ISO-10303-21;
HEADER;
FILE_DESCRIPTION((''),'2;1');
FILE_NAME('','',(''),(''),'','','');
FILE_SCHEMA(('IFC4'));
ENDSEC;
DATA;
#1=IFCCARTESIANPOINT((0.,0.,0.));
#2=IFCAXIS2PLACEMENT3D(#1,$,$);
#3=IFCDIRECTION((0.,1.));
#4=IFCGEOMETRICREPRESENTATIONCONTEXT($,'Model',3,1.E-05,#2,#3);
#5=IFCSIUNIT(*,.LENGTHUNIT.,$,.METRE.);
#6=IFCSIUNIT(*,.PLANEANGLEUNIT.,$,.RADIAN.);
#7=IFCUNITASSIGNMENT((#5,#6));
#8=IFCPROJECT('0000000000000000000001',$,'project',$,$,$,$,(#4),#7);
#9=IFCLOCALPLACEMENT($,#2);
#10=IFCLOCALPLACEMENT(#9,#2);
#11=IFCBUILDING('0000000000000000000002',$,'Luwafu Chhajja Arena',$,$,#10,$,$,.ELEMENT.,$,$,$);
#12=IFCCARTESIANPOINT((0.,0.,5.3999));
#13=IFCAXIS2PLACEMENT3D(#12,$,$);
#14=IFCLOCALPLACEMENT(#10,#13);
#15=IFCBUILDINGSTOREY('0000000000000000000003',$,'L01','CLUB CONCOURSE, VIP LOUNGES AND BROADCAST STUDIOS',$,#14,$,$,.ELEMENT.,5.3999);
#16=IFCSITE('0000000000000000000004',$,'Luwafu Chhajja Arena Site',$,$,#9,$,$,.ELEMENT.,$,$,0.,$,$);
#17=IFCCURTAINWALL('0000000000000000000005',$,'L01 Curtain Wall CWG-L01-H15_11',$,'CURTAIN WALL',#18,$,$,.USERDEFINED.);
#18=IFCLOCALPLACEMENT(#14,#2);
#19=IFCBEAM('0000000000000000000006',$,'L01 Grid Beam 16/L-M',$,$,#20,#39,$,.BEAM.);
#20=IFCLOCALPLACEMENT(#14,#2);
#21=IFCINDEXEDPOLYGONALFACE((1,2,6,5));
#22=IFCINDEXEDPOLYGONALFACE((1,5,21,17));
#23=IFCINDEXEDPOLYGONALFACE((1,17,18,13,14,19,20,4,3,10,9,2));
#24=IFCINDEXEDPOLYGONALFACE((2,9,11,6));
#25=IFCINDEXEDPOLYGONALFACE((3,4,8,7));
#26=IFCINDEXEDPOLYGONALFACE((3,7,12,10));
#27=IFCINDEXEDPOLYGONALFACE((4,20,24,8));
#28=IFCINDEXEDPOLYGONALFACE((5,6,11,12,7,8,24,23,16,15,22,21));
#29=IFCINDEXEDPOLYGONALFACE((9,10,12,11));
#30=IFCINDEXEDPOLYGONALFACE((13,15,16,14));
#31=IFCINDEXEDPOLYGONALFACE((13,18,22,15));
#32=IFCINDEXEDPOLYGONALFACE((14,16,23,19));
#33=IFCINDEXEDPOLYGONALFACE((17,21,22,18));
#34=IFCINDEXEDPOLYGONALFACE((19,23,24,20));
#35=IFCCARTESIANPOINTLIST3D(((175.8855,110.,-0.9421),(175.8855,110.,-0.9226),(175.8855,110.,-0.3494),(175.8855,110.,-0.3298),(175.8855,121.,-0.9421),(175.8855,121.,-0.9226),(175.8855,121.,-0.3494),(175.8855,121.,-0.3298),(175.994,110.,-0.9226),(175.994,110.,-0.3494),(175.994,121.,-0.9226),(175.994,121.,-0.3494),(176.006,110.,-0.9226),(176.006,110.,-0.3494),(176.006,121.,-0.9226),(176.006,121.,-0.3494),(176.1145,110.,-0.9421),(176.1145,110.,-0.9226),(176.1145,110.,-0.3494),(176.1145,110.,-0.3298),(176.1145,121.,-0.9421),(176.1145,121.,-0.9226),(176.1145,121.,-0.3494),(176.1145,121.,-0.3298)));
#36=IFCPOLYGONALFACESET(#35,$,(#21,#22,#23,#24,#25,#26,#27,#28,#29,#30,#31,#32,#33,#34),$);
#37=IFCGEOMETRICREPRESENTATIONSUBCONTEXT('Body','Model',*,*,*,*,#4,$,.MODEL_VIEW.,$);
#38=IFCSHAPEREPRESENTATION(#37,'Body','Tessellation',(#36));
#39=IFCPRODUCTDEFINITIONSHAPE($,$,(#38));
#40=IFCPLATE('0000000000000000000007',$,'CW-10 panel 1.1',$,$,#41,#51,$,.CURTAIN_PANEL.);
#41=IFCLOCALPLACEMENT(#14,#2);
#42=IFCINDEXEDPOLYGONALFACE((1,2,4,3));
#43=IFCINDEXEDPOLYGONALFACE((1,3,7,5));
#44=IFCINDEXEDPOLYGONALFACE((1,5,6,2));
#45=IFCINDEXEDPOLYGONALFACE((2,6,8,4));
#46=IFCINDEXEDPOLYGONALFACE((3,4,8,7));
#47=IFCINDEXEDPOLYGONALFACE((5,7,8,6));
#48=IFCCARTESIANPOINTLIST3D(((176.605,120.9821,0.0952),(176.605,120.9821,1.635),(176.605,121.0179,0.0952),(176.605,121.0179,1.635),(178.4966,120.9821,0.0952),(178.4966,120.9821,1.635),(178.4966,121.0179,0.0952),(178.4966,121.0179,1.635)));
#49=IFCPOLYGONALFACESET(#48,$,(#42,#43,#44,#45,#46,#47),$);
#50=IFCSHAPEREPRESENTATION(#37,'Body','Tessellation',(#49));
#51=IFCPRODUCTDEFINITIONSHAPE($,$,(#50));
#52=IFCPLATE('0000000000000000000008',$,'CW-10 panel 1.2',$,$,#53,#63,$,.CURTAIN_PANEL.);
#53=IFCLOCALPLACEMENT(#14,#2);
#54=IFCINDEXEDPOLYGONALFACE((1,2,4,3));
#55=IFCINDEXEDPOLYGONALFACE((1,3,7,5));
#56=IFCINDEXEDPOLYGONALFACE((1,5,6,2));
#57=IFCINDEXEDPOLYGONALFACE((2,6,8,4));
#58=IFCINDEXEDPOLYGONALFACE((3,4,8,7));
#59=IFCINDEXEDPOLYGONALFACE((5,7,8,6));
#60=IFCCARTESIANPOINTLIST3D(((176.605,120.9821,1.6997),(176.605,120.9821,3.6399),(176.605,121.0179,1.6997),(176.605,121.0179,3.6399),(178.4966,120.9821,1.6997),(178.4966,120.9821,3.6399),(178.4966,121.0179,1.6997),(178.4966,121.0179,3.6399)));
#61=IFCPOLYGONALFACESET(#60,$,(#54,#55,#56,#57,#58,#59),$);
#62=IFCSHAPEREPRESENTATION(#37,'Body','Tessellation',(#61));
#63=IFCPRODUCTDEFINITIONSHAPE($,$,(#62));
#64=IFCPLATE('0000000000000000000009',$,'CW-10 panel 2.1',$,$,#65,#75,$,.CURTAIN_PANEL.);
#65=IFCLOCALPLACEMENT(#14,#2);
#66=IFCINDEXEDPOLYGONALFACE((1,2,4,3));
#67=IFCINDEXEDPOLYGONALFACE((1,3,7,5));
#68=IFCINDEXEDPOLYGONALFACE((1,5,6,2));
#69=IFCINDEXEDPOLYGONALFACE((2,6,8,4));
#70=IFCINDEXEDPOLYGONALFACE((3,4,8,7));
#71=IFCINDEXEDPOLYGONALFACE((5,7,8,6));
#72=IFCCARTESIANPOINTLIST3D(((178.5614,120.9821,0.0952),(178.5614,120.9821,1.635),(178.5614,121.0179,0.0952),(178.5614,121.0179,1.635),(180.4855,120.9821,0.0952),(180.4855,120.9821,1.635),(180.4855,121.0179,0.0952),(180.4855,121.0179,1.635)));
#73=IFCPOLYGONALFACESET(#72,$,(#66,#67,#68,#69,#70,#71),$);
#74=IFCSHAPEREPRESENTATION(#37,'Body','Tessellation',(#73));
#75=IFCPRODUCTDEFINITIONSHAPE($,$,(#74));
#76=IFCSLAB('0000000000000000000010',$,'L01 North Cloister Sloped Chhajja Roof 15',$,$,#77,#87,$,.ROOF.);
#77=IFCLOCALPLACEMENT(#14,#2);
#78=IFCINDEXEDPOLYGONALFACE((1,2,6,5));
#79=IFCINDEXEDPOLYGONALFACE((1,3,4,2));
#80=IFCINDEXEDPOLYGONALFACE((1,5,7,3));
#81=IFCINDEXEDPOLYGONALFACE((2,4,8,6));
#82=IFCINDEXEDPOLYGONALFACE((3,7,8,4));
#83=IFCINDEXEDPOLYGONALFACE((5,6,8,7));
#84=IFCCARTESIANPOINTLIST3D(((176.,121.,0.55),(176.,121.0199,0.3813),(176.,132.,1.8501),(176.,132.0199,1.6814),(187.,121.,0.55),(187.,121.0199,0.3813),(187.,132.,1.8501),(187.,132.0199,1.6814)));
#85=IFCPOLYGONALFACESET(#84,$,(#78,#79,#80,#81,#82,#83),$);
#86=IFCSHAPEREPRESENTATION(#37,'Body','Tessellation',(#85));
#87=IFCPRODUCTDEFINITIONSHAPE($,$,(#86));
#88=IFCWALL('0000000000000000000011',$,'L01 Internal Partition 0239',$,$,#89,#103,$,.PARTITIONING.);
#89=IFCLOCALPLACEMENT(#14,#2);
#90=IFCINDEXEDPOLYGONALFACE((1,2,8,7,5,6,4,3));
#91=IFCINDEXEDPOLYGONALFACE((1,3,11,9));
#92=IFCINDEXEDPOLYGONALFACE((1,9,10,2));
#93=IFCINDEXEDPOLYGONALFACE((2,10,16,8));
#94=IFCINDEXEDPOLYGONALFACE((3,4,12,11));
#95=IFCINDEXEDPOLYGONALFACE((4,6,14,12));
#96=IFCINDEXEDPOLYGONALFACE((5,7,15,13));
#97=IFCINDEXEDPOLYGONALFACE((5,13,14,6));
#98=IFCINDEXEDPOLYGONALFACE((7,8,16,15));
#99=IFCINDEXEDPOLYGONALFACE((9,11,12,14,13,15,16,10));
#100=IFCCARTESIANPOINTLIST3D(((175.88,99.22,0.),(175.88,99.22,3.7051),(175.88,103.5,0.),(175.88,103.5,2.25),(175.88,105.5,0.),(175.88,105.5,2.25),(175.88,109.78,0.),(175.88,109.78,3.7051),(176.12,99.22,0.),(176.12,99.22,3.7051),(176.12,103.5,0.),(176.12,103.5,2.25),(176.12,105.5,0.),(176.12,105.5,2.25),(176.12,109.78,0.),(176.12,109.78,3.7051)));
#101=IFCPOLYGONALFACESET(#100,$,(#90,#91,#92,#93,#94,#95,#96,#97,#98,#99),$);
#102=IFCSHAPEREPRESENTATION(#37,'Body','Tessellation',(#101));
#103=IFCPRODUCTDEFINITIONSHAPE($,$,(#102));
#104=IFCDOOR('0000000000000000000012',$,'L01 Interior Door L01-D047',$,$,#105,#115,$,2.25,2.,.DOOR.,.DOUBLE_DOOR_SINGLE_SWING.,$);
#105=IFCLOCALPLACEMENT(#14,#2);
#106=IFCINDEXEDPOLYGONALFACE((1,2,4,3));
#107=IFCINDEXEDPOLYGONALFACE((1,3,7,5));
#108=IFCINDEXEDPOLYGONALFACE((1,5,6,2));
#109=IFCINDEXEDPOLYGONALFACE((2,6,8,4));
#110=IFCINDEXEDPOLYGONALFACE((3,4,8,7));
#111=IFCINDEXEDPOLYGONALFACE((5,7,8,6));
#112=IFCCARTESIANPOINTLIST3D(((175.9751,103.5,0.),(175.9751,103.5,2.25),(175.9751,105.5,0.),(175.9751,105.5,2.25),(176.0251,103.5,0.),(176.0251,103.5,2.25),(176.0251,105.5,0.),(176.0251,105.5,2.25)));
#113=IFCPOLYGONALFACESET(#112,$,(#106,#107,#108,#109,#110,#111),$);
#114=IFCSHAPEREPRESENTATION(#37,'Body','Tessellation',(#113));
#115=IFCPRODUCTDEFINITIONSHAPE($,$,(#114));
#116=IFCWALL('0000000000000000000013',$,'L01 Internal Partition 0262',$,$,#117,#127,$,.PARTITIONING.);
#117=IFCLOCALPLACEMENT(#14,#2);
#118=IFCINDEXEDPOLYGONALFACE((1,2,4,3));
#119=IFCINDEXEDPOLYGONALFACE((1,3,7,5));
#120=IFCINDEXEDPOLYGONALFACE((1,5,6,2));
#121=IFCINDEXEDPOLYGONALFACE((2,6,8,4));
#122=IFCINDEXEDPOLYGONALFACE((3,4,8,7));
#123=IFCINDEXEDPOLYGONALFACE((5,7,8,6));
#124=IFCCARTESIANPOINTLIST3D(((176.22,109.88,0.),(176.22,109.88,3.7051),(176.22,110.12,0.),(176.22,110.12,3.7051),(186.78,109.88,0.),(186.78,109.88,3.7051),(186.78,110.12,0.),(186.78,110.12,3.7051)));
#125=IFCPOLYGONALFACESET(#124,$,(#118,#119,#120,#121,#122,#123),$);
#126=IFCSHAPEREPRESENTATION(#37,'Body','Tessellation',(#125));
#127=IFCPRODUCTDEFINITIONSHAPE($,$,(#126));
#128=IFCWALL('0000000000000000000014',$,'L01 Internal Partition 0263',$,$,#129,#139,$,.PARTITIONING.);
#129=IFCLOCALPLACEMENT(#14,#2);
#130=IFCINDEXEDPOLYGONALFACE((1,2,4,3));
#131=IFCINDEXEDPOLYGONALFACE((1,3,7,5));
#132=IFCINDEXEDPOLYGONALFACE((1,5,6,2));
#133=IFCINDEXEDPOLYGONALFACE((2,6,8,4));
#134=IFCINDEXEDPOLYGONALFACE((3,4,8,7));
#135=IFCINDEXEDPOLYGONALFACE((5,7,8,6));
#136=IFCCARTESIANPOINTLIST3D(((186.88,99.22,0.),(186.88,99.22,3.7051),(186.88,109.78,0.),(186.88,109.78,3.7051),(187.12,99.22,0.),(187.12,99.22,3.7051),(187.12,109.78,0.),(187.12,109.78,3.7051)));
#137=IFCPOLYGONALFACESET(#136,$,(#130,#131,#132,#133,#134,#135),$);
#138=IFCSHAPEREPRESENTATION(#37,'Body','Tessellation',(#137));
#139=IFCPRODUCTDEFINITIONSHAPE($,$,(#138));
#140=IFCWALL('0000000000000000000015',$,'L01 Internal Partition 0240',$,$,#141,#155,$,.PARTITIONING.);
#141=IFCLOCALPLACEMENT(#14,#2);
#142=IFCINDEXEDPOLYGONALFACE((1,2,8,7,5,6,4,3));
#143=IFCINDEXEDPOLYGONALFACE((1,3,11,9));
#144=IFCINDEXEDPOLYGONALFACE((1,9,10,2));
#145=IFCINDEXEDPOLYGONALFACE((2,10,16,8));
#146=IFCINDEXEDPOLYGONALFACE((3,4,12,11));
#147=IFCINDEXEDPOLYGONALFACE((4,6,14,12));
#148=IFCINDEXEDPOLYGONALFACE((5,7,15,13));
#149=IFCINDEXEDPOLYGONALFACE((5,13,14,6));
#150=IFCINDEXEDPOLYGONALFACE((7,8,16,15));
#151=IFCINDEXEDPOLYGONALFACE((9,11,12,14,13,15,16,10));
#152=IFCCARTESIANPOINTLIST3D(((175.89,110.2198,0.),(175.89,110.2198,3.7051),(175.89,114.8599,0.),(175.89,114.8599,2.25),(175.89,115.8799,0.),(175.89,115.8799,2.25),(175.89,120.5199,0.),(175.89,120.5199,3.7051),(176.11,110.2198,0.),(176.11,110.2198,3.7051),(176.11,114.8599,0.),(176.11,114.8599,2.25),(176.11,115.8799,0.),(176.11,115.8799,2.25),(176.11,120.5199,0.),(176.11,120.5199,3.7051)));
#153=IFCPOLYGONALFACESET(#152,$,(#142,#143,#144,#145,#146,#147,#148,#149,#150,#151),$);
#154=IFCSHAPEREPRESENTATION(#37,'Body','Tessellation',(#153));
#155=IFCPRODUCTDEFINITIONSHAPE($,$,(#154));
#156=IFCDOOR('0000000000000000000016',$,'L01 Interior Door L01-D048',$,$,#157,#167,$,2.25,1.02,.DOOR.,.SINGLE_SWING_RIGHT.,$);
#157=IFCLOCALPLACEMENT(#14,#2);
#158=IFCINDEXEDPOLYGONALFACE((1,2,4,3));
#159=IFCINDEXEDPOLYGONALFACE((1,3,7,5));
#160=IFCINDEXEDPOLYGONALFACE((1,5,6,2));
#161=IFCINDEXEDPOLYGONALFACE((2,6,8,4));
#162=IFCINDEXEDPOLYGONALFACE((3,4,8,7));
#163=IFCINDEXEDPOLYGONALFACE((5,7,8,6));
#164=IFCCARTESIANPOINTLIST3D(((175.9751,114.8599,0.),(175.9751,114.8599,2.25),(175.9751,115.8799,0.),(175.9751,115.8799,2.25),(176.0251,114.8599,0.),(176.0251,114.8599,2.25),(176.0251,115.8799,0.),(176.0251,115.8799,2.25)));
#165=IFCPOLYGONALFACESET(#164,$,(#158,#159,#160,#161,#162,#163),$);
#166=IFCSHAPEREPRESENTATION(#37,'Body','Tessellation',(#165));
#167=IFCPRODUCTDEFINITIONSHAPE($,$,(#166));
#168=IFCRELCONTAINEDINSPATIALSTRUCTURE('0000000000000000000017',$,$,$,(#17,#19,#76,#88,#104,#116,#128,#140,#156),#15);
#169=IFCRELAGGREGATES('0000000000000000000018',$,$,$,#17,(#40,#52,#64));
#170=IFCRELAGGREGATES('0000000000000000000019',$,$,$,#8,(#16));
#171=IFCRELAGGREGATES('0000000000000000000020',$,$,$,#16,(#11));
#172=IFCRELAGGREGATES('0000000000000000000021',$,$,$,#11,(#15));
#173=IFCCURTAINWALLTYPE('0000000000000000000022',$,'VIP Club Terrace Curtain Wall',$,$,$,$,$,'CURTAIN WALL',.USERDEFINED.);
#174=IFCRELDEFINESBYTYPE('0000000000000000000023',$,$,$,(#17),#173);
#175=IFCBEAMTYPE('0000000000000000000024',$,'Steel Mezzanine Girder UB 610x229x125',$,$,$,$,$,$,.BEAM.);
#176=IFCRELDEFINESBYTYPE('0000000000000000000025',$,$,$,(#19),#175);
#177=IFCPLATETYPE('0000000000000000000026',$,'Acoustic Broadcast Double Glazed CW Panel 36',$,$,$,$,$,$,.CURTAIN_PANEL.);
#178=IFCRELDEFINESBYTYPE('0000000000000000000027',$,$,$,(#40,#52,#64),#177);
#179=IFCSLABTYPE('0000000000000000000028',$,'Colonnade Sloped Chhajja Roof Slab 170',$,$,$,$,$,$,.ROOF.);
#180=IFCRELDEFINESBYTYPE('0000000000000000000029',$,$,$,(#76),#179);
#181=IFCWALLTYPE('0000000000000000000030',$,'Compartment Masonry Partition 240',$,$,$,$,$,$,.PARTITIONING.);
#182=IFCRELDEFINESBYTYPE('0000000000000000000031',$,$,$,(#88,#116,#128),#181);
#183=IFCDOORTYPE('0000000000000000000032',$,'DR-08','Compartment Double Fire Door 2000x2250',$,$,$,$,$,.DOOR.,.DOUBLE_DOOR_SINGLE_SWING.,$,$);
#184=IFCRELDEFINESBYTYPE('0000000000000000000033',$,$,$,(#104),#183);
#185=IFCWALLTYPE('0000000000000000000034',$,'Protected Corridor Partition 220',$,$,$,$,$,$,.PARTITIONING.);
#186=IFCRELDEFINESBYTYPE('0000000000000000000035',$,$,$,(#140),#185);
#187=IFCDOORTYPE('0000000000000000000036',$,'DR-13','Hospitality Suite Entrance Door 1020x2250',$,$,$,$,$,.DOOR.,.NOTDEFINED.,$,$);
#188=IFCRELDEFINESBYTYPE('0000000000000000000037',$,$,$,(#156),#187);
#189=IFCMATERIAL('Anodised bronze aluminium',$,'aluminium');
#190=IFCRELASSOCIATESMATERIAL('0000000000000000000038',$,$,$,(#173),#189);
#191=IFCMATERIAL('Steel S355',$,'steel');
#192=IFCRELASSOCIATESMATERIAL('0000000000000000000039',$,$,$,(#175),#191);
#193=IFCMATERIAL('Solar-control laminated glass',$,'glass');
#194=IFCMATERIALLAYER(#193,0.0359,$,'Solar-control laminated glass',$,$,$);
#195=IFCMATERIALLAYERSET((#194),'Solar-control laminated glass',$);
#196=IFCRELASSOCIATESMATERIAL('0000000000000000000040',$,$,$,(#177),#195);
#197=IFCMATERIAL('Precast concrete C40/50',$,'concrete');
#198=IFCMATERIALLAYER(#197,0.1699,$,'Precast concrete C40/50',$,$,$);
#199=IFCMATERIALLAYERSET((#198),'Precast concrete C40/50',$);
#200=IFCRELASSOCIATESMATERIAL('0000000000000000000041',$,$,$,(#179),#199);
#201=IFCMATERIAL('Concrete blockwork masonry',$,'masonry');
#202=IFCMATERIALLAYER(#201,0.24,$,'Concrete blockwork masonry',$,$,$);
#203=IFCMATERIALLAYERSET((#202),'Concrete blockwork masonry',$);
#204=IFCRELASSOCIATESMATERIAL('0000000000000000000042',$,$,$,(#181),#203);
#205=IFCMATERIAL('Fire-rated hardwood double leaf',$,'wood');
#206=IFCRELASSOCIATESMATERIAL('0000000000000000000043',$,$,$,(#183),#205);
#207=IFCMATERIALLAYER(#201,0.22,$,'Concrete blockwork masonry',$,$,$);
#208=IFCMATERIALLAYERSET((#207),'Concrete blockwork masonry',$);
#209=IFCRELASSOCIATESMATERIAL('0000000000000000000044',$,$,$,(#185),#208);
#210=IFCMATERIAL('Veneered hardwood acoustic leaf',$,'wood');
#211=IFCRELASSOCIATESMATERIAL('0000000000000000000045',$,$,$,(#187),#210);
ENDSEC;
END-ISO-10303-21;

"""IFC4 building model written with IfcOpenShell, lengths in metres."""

from ifc_helpers import new_model, si_unit, direction, frame, frame_2d, origin, origin_2d, place, context, subcontext, project, spatial, polyline, rectangle, i_section, outline, extrude, material, layer, layer_set, material_profile, profile_set, type_object, element, fill, aggregate, save


model = new_model("IFC4")

# Units and contexts
model_context = context("Model", 3, precision=1e-05, world=origin(), true_north=direction((0.0, 1.0)))
body_context = subcontext(model_context, "Body", "Model", "MODEL_VIEW")
ifc_project = project(units=[si_unit("LENGTHUNIT", "METRE"), si_unit("PLANEANGLEUNIT", "RADIAN")], contexts=[model_context])

# Site, building, storey
site_placement = place(None, origin())
site = spatial("IfcSite", under=ifc_project, at=site_placement, Name="Luwafu Chhajja Arena Site", CompositionType="ELEMENT", RefElevation=0.0)
building_placement = place(site_placement, origin())
building = spatial("IfcBuilding", under=site, at=building_placement, Name="Luwafu Chhajja Arena", CompositionType="ELEMENT")
storey_placement = place(building_placement, frame((0.0, 0.0, 5.3999)))
storey = spatial("IfcBuildingStorey", under=building, at=storey_placement, Name="L01", Description="CLUB CONCOURSE, VIP LOUNGES AND BROADCAST STUDIOS", CompositionType="ELEMENT", Elevation=5.3999)

# Curtain wall
ifc_material_1 = material(Name="Anodised bronze aluminium", Category="aluminium")
curtain_wall_type = type_object("IfcCurtainWallType", Name="VIP Club Terrace Curtain Wall", ElementType="CURTAIN WALL", PredefinedType="USERDEFINED", material=ifc_material_1)
curtain_wall_placement = place(storey_placement, origin())
curtain_wall = element("IfcCurtainWall", 1, at=curtain_wall_placement, inside=storey, type_object=curtain_wall_type, Name="L01 Curtain Wall CWG-L01-H15_11", ObjectType="CURTAIN WALL", PredefinedType="USERDEFINED")

# Beam
ifc_material_2 = material(Name="Steel S355", Category="steel")
ifc_material_profile_1 = material_profile(ifc_material_2, i_section(OverallWidth=0.229, OverallDepth=0.6123, WebThickness=0.012, FlangeThickness=0.0195, at=origin_2d()), Name="UB 610x229x125")
ifc_profile_set_1 = profile_set([ifc_material_profile_1], Name="Steel S355")
beam_type_1 = type_object("IfcBeamType", Name="Steel Mezzanine Girder UB 610x229x125", PredefinedType="BEAM", material=ifc_profile_set_1)
beam_1_placement = place(storey_placement, frame((176.0, 110.0, -0.636), z_axis=(0.0, 1.0, 0.0), x_axis=(-1.0, 0.0, 0.0)))
element("IfcBeam", 2, at=beam_1_placement, inside=storey, type_object=beam_type_1, Name="L01 Grid Beam 16/L-M", PredefinedType="BEAM", context=body_context, shape_type="SweptSolid", body=[
    extrude(i_section(OverallWidth=0.229, OverallDepth=0.6123, WebThickness=0.012, FlangeThickness=0.0195, at=origin_2d()), origin(), (0.0, 0.0, 1.0), 11.0),
])

# Plates
ifc_material_3 = material(Name="Solar-control laminated glass", Category="glass")
ifc_layer_1 = layer(ifc_material_3, 0.0359, Name="Solar-control laminated glass")
ifc_layer_set_1 = layer_set([ifc_layer_1], Name="Solar-control laminated glass")
plate_type = type_object("IfcPlateType", Name="Acoustic Broadcast Double Glazed CW Panel 36", PredefinedType="CURTAIN_PANEL", material=ifc_layer_set_1)
plate_1_placement = place(storey_placement, frame((177.5508, 121.0, 0.0952), z_axis=(0.0, 0.0, 1.0), x_axis=(1.0, 0.0, 0.0)))
plate_1 = element("IfcPlate", 3, at=plate_1_placement, type_object=plate_type, Name="CW-10 panel 1.1", PredefinedType="CURTAIN_PANEL", context=body_context, shape_type="SweptSolid", body=[
    extrude(rectangle(XDim=1.8916, YDim=0.0359, at=origin_2d()), origin(), (0.0, 0.0, 1.0), 1.5398),
])
plate_2_placement = place(storey_placement, frame((177.5508, 121.0, 1.6997), z_axis=(0.0, 0.0, 1.0), x_axis=(1.0, 0.0, 0.0)))
plate_2 = element("IfcPlate", 4, at=plate_2_placement, type_object=plate_type, Name="CW-10 panel 1.2", PredefinedType="CURTAIN_PANEL", context=body_context, shape_type="SweptSolid", body=[
    extrude(rectangle(XDim=1.8916, YDim=0.0359, at=origin_2d()), origin(), (0.0, 0.0, 1.0), 1.9402),
])
plate_3_placement = place(storey_placement, frame((179.5234, 121.0, 0.0952), z_axis=(0.0, 0.0, 1.0), x_axis=(1.0, 0.0, 0.0)))
plate_3 = element("IfcPlate", 5, at=plate_3_placement, type_object=plate_type, Name="CW-10 panel 2.1", PredefinedType="CURTAIN_PANEL", context=body_context, shape_type="SweptSolid", body=[
    extrude(rectangle(XDim=1.9241, YDim=0.0359, at=origin_2d()), origin(), (0.0, 0.0, 1.0), 1.5398),
])
aggregate(curtain_wall, [plate_1, plate_2, plate_3])

# Slab
ifc_material_4 = material(Name="Precast concrete C40/50", Category="concrete")
ifc_layer_2 = layer(ifc_material_4, 0.1699, Name="Precast concrete C40/50")
ifc_layer_set_2 = layer_set([ifc_layer_2], Name="Precast concrete C40/50")
slab_type = type_object("IfcSlabType", Name="Colonnade Sloped Chhajja Roof Slab 170", PredefinedType="ROOF", material=ifc_layer_set_2)
slab_placement = place(storey_placement, frame((176.0, 121.0, 0.55), z_axis=(0.0, -0.117369, 0.993088), x_axis=(0.0, 0.993088, 0.117369)))
element("IfcSlab", 6, at=slab_placement, inside=storey, type_object=slab_type, Name="L01 North Cloister Sloped Chhajja Roof 15", PredefinedType="ROOF", context=body_context, shape_type="SweptSolid", body=[
    extrude(outline(polyline([(0.0, 0.0), (11.0766, 0.0), (11.0766, -11.0), (0.0, -11.0), (0.0, 0.0)])), origin(), (0.0, 0.0, -1.0), 0.1699),
])

# Wall, opening, door
ifc_material_5 = material(Name="Concrete blockwork masonry", Category="masonry")
ifc_layer_3 = layer(ifc_material_5, 0.24, Name="Concrete blockwork masonry")
ifc_layer_set_3 = layer_set([ifc_layer_3], Name="Concrete blockwork masonry")
wall_type_1 = type_object("IfcWallType", Name="Compartment Masonry Partition 240", PredefinedType="PARTITIONING", material=ifc_layer_set_3)
wall_1_placement = place(storey_placement, frame((176.0, 99.22, 0.0), z_axis=(0.0, 0.0, 1.0), x_axis=(0.0, 1.0, 0.0)))
wall_1 = element("IfcWall", 7, at=wall_1_placement, inside=storey, type_object=wall_type_1, Name="L01 Internal Partition 0239", PredefinedType="PARTITIONING", context=body_context, shape_type="SweptSolid", body=[
    extrude(rectangle(XDim=10.5601, YDim=0.24, at=frame_2d((5.28, 0.0))), origin(), (0.0, 0.0, 1.0), 3.7051),
])
opening_1_placement = place(wall_1_placement, frame((4.28, 0.0, 0.0)))
opening_1 = element("IfcOpeningElement", 8, at=opening_1_placement, cuts=wall_1, PredefinedType="OPENING", context=body_context, shape_type="SweptSolid", body=[
    extrude(rectangle(XDim=2.0, YDim=2.25, at=frame_2d((1.0, 1.125))), frame((0.0, 0.1299, 0.0), z_axis=(0.0, -1.0, 0.0), x_axis=(1.0, 0.0, 0.0)), (0.0, 0.0, 1.0), 0.26),
])
ifc_material_6 = material(Name="Fire-rated hardwood double leaf", Category="wood")
door_type_1 = type_object("IfcDoorType", Name="DR-08", Description="Compartment Double Fire Door 2000x2250", OperationType="DOUBLE_DOOR_SINGLE_SWING", PredefinedType="DOOR", material=ifc_material_6)
door_1_placement = place(opening_1_placement, origin())
door_1 = element("IfcDoor", 9, at=door_1_placement, inside=storey, type_object=door_type_1, Name="L01 Interior Door L01-D047", OperationType="DOUBLE_DOOR_SINGLE_SWING", OverallHeight=2.25, OverallWidth=2.0, PredefinedType="DOOR", context=body_context, shape_type="SweptSolid", body=[
    extrude(rectangle(XDim=2.0, YDim=2.25, at=frame_2d((1.0, 1.125))), frame((0.0, 0.0249, 0.0), z_axis=(0.0, -1.0, 0.0), x_axis=(1.0, 0.0, 0.0)), (0.0, 0.0, 1.0), 0.05),
])
fill(opening_1, door_1)

# Walls
for number, where, z_axis, x_axis, name in (
    (10, (176.22, 110.0, 0.0), (0.0, 0.0, 1.0), (1.0, 0.0, 0.0), "L01 Internal Partition 0262"),
    (11, (187.0, 99.22, 0.0), (0.0, 0.0, 1.0), (0.0, 1.0, 0.0), "L01 Internal Partition 0263"),
):
    element("IfcWall", number, at=place(storey_placement, frame(where, z_axis=z_axis, x_axis=x_axis)), inside=storey, type_object=wall_type_1, Name=name, PredefinedType="PARTITIONING", context=body_context, shape_type="SweptSolid", body=[
        extrude(rectangle(XDim=10.5601, YDim=0.24, at=frame_2d((5.28, 0.0))), origin(), (0.0, 0.0, 1.0), 3.7051),
    ])

# Wall, opening, door
ifc_layer_4 = layer(ifc_material_5, 0.22, Name="Concrete blockwork masonry")
ifc_layer_set_4 = layer_set([ifc_layer_4], Name="Concrete blockwork masonry")
wall_type_2 = type_object("IfcWallType", Name="Protected Corridor Partition 220", PredefinedType="PARTITIONING", material=ifc_layer_set_4)
wall_2_placement = place(storey_placement, frame((176.0, 110.22, 0.0), z_axis=(0.0, 0.0, 1.0), x_axis=(0.0, 1.0, 0.0)))
wall_2 = element("IfcWall", 12, at=wall_2_placement, inside=storey, type_object=wall_type_2, Name="L01 Internal Partition 0240", PredefinedType="PARTITIONING", context=body_context, shape_type="SweptSolid", body=[
    extrude(rectangle(XDim=10.3, YDim=0.22, at=frame_2d((5.1499, 0.0))), origin(), (0.0, 0.0, 1.0), 3.7051),
])
opening_2_placement = place(wall_2_placement, frame((4.6399, 0.0, 0.0)))
opening_2 = element("IfcOpeningElement", 13, at=opening_2_placement, cuts=wall_2, PredefinedType="OPENING", context=body_context, shape_type="SweptSolid", body=[
    extrude(rectangle(XDim=1.02, YDim=2.25, at=frame_2d((0.51, 1.125))), frame((0.0, 0.1199, 0.0), z_axis=(0.0, -1.0, 0.0), x_axis=(1.0, 0.0, 0.0)), (0.0, 0.0, 1.0), 0.24),
])
ifc_material_7 = material(Name="Veneered hardwood acoustic leaf", Category="wood")
door_type_2 = type_object("IfcDoorType", Name="DR-13", Description="Hospitality Suite Entrance Door 1020x2250", OperationType="NOTDEFINED", PredefinedType="DOOR", material=ifc_material_7)
door_2_placement = place(opening_2_placement, origin())
door_2 = element("IfcDoor", 14, at=door_2_placement, inside=storey, type_object=door_type_2, Name="L01 Interior Door L01-D048", OperationType="SINGLE_SWING_RIGHT", OverallHeight=2.25, OverallWidth=1.02, PredefinedType="DOOR", context=body_context, shape_type="SweptSolid", body=[
    extrude(rectangle(XDim=1.02, YDim=2.25, at=frame_2d((0.51, 1.125))), frame((0.0, 0.0249, 0.0), z_axis=(0.0, -1.0, 0.0), x_axis=(1.0, 0.0, 0.0)), (0.0, 0.0, 1.0), 0.05),
])
fill(opening_2, door_2)

save(model, "model.ifc")
